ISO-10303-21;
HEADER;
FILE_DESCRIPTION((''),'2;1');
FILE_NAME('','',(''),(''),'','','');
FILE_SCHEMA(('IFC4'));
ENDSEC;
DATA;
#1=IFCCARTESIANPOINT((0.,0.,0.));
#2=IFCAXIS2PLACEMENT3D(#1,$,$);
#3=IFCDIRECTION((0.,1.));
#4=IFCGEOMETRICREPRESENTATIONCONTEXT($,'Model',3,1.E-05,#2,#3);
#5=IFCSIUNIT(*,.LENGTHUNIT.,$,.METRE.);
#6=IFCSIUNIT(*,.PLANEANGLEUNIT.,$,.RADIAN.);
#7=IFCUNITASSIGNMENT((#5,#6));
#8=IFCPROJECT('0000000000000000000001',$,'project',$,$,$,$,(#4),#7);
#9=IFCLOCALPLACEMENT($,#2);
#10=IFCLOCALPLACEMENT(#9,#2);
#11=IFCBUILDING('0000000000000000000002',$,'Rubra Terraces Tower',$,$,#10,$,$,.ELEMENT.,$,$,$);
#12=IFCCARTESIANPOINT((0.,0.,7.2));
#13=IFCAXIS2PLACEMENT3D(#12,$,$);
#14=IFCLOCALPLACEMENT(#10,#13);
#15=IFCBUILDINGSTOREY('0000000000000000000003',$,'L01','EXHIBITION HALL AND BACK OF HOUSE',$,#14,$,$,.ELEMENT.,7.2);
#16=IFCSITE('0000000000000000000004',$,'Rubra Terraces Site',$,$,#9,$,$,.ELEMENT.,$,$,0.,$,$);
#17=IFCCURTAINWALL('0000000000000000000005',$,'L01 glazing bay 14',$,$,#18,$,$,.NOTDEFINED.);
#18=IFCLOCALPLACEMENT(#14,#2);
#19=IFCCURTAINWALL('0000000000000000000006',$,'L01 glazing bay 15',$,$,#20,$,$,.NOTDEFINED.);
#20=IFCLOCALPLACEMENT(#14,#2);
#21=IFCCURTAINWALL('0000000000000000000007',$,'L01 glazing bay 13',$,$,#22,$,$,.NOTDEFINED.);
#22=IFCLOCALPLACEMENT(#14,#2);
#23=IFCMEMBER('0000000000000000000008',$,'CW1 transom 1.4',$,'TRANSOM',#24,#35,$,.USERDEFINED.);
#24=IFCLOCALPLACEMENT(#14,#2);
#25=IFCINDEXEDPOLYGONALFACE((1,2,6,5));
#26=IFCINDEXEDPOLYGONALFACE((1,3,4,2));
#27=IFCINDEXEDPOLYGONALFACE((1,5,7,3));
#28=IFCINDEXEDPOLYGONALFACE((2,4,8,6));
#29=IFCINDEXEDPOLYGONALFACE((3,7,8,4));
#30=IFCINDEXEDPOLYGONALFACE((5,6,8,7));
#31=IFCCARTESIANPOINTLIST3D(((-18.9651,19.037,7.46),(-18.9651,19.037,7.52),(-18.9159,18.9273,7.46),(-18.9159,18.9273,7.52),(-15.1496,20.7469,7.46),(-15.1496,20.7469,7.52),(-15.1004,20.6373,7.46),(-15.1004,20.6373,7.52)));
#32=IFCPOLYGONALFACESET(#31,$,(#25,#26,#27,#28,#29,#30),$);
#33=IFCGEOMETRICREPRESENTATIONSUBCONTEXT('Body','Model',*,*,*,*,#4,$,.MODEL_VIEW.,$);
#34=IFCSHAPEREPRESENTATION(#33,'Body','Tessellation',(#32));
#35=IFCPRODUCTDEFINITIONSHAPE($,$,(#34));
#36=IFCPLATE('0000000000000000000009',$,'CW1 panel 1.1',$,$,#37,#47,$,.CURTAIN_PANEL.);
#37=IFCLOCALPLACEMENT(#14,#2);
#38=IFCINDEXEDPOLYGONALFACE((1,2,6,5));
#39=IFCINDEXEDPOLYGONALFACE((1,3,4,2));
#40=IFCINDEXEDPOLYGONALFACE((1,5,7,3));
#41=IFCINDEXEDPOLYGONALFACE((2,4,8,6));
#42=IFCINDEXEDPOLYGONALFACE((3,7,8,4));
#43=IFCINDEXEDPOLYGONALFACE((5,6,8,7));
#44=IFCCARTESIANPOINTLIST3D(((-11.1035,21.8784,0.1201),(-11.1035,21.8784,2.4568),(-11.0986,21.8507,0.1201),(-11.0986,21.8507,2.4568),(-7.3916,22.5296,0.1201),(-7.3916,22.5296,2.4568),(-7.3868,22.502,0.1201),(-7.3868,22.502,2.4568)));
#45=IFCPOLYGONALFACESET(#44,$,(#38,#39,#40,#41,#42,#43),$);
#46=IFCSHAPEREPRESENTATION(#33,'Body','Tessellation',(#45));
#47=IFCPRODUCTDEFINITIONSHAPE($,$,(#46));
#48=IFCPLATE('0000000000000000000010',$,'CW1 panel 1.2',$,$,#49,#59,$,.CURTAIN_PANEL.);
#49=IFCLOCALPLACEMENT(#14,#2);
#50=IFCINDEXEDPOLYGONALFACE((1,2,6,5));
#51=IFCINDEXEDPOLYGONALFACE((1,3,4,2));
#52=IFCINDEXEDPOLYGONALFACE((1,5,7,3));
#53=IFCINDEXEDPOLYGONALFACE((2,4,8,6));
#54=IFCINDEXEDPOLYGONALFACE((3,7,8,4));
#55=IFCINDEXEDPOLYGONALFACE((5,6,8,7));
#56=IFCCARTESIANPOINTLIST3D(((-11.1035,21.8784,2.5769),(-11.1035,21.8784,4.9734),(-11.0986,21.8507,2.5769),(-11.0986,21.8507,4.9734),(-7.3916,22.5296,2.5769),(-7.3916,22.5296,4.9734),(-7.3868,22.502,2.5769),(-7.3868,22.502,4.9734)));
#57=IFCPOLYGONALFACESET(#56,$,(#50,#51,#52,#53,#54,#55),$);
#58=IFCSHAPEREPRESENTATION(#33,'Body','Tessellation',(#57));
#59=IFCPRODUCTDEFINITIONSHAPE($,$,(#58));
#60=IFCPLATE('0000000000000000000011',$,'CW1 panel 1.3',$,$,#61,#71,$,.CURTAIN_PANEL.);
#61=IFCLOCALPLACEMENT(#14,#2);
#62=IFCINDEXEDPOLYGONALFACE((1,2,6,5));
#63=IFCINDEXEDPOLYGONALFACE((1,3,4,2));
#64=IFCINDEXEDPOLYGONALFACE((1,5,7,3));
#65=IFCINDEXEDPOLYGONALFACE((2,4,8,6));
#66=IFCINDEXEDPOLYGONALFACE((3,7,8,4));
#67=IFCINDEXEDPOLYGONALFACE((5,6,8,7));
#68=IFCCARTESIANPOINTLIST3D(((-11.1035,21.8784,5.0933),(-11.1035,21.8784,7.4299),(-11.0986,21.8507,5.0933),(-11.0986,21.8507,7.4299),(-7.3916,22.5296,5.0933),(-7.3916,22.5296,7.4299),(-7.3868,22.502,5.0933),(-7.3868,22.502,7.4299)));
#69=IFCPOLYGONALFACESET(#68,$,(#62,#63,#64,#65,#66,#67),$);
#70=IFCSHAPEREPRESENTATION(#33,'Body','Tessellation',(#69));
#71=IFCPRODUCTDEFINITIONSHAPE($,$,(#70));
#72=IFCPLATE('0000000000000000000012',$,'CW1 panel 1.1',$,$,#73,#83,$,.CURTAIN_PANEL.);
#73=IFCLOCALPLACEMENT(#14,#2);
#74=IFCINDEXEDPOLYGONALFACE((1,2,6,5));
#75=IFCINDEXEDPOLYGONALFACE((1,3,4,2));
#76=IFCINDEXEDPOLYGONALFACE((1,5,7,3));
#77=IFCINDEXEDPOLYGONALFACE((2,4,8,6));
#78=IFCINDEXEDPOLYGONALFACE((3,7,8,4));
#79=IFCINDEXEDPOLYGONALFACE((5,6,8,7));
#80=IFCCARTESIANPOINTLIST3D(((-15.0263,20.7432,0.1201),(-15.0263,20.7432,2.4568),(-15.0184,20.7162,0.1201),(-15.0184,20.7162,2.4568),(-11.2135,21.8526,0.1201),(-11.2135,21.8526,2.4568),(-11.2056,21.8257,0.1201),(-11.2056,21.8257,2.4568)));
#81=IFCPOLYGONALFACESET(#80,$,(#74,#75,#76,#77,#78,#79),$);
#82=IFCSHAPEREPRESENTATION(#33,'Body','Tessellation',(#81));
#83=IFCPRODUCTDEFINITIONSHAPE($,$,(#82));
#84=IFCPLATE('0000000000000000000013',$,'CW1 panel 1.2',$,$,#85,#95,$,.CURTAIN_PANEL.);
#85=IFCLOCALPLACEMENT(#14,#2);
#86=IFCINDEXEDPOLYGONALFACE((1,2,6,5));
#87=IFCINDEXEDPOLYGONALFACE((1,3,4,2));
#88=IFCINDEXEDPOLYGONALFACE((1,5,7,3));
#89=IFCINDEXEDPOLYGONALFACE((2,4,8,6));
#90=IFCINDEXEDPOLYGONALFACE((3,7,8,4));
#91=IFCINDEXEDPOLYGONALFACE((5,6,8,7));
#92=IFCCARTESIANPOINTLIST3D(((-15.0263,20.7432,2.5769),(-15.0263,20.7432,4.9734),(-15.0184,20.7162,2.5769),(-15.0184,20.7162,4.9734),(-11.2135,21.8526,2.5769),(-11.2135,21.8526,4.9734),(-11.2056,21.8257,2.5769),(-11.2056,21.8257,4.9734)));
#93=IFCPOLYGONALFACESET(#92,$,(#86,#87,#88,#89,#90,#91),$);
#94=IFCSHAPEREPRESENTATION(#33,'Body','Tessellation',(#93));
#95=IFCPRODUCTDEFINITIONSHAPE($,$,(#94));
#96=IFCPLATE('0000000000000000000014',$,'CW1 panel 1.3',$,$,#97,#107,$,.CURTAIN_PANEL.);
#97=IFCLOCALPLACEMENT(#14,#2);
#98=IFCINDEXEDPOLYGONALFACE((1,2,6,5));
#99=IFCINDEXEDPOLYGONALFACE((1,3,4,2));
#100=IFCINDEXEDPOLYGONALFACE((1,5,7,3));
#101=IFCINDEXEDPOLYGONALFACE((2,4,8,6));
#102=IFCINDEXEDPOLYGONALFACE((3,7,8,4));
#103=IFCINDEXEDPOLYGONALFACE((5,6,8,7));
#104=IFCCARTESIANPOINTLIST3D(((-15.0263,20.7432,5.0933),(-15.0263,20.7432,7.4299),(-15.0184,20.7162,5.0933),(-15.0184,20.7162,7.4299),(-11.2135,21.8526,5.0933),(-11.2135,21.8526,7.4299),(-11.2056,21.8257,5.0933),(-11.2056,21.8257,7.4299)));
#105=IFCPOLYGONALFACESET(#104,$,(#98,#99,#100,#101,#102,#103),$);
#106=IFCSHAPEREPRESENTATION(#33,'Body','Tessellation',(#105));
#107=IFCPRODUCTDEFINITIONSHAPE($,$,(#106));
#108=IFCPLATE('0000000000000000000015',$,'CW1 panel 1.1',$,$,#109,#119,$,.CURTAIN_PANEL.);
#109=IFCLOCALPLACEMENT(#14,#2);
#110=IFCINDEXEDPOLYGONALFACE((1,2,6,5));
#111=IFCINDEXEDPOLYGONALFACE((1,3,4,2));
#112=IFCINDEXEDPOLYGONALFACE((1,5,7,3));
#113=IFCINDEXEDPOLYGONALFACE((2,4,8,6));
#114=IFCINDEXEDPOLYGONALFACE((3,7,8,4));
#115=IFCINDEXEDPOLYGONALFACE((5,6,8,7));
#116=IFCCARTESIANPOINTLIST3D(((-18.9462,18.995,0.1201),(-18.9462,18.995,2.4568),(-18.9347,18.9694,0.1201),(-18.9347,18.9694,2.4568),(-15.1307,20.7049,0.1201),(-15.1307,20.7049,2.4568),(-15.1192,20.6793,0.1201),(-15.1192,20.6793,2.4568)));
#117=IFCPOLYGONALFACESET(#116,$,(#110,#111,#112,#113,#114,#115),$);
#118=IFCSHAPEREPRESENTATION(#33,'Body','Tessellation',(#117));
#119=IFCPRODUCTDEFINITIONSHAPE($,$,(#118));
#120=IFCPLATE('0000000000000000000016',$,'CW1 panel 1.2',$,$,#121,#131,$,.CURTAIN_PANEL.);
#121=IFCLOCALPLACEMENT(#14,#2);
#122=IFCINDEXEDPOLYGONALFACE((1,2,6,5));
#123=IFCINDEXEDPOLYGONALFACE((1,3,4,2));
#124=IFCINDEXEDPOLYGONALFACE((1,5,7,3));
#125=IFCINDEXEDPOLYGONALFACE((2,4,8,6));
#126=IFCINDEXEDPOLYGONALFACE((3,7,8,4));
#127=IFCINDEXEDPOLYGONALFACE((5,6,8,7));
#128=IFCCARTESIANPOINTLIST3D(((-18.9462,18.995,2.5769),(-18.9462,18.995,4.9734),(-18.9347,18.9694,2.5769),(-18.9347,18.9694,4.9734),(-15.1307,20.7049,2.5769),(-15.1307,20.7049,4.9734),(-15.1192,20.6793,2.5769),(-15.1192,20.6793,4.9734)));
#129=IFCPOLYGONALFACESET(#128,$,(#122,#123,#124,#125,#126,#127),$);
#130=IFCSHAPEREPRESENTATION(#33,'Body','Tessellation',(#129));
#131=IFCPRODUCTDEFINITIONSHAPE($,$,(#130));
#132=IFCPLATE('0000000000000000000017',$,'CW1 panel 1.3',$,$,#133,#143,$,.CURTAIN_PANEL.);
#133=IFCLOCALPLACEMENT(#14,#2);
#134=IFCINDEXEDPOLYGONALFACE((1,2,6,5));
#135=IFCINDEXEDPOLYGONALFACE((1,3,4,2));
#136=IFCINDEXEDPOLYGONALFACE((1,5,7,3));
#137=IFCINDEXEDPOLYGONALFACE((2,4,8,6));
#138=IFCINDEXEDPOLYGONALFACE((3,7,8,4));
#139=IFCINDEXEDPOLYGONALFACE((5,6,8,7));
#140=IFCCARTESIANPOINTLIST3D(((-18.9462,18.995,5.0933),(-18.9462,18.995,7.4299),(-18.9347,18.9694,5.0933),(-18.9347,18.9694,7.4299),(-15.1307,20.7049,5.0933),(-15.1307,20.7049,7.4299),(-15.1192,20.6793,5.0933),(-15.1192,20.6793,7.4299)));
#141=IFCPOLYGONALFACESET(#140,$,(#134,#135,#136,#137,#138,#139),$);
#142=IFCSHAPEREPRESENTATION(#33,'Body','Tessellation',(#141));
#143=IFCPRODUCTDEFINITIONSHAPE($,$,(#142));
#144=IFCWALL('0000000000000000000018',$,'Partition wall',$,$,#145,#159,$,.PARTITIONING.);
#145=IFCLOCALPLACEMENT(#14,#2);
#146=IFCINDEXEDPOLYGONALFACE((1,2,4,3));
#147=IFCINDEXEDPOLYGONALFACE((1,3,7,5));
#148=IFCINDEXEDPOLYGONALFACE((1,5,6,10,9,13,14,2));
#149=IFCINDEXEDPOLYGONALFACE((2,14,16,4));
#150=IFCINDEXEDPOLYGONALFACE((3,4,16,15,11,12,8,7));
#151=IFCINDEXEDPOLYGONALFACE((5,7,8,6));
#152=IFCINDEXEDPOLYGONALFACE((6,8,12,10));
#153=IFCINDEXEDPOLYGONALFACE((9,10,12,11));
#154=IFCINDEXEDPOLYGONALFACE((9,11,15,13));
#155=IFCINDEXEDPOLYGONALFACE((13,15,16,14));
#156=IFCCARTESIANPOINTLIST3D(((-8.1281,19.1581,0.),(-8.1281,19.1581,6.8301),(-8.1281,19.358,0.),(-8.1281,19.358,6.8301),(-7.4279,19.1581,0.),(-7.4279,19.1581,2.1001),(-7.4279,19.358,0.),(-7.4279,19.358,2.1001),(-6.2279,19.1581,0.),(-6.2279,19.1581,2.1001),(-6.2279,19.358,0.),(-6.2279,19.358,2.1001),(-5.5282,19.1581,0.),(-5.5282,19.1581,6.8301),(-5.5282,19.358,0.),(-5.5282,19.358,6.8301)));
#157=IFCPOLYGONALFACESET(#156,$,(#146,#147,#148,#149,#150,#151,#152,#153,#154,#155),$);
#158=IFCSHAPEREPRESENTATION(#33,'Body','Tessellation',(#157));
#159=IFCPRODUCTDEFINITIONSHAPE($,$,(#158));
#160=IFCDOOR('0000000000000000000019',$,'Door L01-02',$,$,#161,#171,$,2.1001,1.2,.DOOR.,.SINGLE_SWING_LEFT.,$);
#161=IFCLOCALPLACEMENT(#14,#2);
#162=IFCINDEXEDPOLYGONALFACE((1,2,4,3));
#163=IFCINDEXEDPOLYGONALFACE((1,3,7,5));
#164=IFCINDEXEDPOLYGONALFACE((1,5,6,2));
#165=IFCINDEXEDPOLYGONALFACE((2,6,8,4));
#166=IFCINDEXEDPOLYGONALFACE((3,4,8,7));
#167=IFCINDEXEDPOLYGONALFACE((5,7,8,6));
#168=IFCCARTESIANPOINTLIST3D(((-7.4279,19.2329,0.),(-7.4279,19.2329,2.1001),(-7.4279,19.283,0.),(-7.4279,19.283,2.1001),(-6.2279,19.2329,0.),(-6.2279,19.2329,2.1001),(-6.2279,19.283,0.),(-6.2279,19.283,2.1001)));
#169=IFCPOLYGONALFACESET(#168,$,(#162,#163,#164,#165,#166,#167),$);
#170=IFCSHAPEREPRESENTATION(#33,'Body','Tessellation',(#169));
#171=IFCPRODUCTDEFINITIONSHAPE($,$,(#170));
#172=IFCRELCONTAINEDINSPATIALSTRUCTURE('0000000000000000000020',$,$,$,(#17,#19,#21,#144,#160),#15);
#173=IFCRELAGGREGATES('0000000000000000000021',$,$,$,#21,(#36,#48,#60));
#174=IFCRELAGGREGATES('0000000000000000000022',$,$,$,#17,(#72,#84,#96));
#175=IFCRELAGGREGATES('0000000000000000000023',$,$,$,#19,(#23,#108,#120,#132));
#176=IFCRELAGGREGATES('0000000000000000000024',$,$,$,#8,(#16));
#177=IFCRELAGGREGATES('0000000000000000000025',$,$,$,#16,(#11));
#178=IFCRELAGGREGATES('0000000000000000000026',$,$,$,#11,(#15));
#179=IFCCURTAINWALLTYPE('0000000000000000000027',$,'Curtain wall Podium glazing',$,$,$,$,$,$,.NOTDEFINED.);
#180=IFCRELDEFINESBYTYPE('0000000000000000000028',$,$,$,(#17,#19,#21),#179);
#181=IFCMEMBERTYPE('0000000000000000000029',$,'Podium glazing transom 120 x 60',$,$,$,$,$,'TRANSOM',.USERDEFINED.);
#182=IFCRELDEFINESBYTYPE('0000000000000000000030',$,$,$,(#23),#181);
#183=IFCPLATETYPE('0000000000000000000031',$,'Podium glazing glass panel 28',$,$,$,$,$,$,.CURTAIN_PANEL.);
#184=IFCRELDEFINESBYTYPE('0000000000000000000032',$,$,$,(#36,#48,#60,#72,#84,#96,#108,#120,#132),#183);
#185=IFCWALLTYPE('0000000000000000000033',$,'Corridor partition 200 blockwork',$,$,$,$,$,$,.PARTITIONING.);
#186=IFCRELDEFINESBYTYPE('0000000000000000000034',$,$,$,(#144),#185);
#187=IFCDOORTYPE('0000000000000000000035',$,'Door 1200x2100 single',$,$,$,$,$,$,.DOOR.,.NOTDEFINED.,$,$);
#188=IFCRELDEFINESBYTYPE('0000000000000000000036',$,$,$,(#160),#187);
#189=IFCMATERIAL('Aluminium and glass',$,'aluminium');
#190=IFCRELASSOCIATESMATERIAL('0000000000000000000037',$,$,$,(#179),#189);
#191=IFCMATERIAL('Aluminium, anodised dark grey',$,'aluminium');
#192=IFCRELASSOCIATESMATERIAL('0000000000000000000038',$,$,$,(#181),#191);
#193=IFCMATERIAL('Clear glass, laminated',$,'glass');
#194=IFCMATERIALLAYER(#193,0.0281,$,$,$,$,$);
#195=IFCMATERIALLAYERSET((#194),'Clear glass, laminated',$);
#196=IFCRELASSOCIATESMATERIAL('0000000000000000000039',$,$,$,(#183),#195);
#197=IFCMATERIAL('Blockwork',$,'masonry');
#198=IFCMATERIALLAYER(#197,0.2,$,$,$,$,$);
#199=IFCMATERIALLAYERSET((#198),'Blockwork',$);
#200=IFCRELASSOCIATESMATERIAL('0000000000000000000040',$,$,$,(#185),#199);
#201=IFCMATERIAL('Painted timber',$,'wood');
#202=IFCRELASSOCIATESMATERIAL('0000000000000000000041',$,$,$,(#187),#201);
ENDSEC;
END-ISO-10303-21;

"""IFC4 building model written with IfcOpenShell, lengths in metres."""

from ifc_helpers import new_model, si_unit, direction, frame, frame_2d, origin, origin_2d, place, context, subcontext, project, spatial, rectangle, extrude, material, layer, layer_set, material_profile, profile_set, type_object, element, fill, aggregate, save


model = new_model("IFC4")

# Units and contexts
model_context = context("Model", 3, precision=1e-05, world=origin(), true_north=direction((0.0, 1.0)))
body_context = subcontext(model_context, "Body", "Model", "MODEL_VIEW")
ifc_project = project(units=[si_unit("LENGTHUNIT", "METRE"), si_unit("PLANEANGLEUNIT", "RADIAN")], contexts=[model_context])

# Site, building, storey
site_placement = place(None, origin())
site = spatial("IfcSite", under=ifc_project, at=site_placement, Name="Rubra Terraces Site", CompositionType="ELEMENT", RefElevation=0.0)
building_placement = place(site_placement, origin())
building = spatial("IfcBuilding", under=site, at=building_placement, Name="Rubra Terraces Tower", CompositionType="ELEMENT")
storey_placement = place(building_placement, frame((0.0, 0.0, 7.2)))
storey = spatial("IfcBuildingStorey", under=building, at=storey_placement, Name="L01", Description="EXHIBITION HALL AND BACK OF HOUSE", CompositionType="ELEMENT", Elevation=7.2)

# Curtain walls
ifc_material_1 = material(Name="Aluminium and glass", Category="aluminium")
curtain_wall_type = type_object("IfcCurtainWallType", Name="Curtain wall Podium glazing", PredefinedType="NOTDEFINED", material=ifc_material_1)
curtain_wall_1_placement = place(storey_placement, origin())
curtain_wall_1 = element("IfcCurtainWall", 1, at=curtain_wall_1_placement, inside=storey, type_object=curtain_wall_type, Name="L01 glazing bay 14", PredefinedType="NOTDEFINED")
ifc_material_2 = material(Name="Aluminium, anodised dark grey", Category="aluminium")
curtain_wall_2_placement = place(storey_placement, origin())
curtain_wall_2 = element("IfcCurtainWall", 2, at=curtain_wall_2_placement, inside=storey, type_object=curtain_wall_type, Name="L01 glazing bay 15", PredefinedType="NOTDEFINED")

# Curtain wall
curtain_wall_3_placement = place(storey_placement, origin())
curtain_wall_3 = element("IfcCurtainWall", 3, at=curtain_wall_3_placement, inside=storey, type_object=curtain_wall_type, Name="L01 glazing bay 13", PredefinedType="NOTDEFINED")
ifc_material_profile_1 = material_profile(ifc_material_2, rectangle(XDim=0.1201, YDim=0.0601, at=origin_2d()), Name="AL 120x60")
ifc_profile_set_1 = profile_set([ifc_material_profile_1], Name="Aluminium, anodised dark grey")
member_type_1 = type_object("IfcMemberType", Name="Podium glazing transom 120 x 60", ElementType="TRANSOM", PredefinedType="USERDEFINED", material=ifc_profile_set_1)

# Member
member_1_placement = place(storey_placement, frame((-15.125, 20.6921, 7.49), z_axis=(-0.912545, -0.408975, 0.0), x_axis=(0.408975, -0.912545, 0.0)))
member_1 = element("IfcMember", 4, at=member_1_placement, type_object=member_type_1, Name="CW1 transom 1.4", ObjectType="TRANSOM", PredefinedType="USERDEFINED", context=body_context, shape_type="SweptSolid", body=[
    extrude(rectangle(XDim=0.1201, YDim=0.0601, at=origin_2d()), origin(), (0.0, 0.0, 1.0), 4.1812),
])

# Plates
ifc_material_3 = material(Name="Clear glass, laminated", Category="glass")
ifc_layer_1 = layer(ifc_material_3, 0.0281)
ifc_layer_set_1 = layer_set([ifc_layer_1], Name="Clear glass, laminated")
plate_type = type_object("IfcPlateType", Name="Podium glazing glass panel 28", PredefinedType="CURTAIN_PANEL", material=ifc_layer_set_1)
plate_1_placement = place(storey_placement, frame((-9.2451, 22.1902, 0.1201), z_axis=(0.0, 0.0, 1.0), x_axis=(-0.984954, -0.172817, 0.0)))
plate_1 = element("IfcPlate", 5, at=plate_1_placement, type_object=plate_type, Name="CW1 panel 1.1", PredefinedType="CURTAIN_PANEL", context=body_context, shape_type="SweptSolid", body=[
    extrude(rectangle(XDim=3.7686, YDim=0.0281, at=origin_2d()), origin(), (0.0, 0.0, 1.0), 2.3367),
])
plate_2_placement = place(storey_placement, frame((-9.2451, 22.1902, 2.5769), z_axis=(0.0, 0.0, 1.0), x_axis=(-0.984954, -0.172817, 0.0)))
plate_2 = element("IfcPlate", 6, at=plate_2_placement, type_object=plate_type, Name="CW1 panel 1.2", PredefinedType="CURTAIN_PANEL", context=body_context, shape_type="SweptSolid", body=[
    extrude(rectangle(XDim=3.7686, YDim=0.0281, at=origin_2d()), origin(), (0.0, 0.0, 1.0), 2.3965),
])
plate_3_placement = place(storey_placement, frame((-9.2451, 22.1902, 5.0933), z_axis=(0.0, 0.0, 1.0), x_axis=(-0.984954, -0.172817, 0.0)))
plate_3 = element("IfcPlate", 7, at=plate_3_placement, type_object=plate_type, Name="CW1 panel 1.3", PredefinedType="CURTAIN_PANEL", context=body_context, shape_type="SweptSolid", body=[
    extrude(rectangle(XDim=3.7686, YDim=0.0281, at=origin_2d()), origin(), (0.0, 0.0, 1.0), 2.3367),
])
aggregate(curtain_wall_3, [plate_1, plate_2, plate_3])
plate_4_placement = place(storey_placement, frame((-13.116, 21.2844, 0.1201), z_axis=(0.0, 0.0, 1.0), x_axis=(-0.960175, -0.279399, 0.0)))
plate_4 = element("IfcPlate", 8, at=plate_4_placement, type_object=plate_type, Name="CW1 panel 1.1", PredefinedType="CURTAIN_PANEL", context=body_context, shape_type="SweptSolid", body=[
    extrude(rectangle(XDim=3.9709, YDim=0.0281, at=origin_2d()), origin(), (0.0, 0.0, 1.0), 2.3367),
])
plate_5_placement = place(storey_placement, frame((-13.116, 21.2844, 2.5769), z_axis=(0.0, 0.0, 1.0), x_axis=(-0.960175, -0.279399, 0.0)))
plate_5 = element("IfcPlate", 9, at=plate_5_placement, type_object=plate_type, Name="CW1 panel 1.2", PredefinedType="CURTAIN_PANEL", context=body_context, shape_type="SweptSolid", body=[
    extrude(rectangle(XDim=3.9709, YDim=0.0281, at=origin_2d()), origin(), (0.0, 0.0, 1.0), 2.3965),
])
plate_6_placement = place(storey_placement, frame((-13.116, 21.2844, 5.0933), z_axis=(0.0, 0.0, 1.0), x_axis=(-0.960175, -0.279399, 0.0)))
plate_6 = element("IfcPlate", 10, at=plate_6_placement, type_object=plate_type, Name="CW1 panel 1.3", PredefinedType="CURTAIN_PANEL", context=body_context, shape_type="SweptSolid", body=[
    extrude(rectangle(XDim=3.9709, YDim=0.0281, at=origin_2d()), origin(), (0.0, 0.0, 1.0), 2.3367),
])
aggregate(curtain_wall_1, [plate_4, plate_5, plate_6])
plate_7_placement = place(storey_placement, frame((-17.0327, 19.8372, 0.1201), z_axis=(0.0, 0.0, 1.0), x_axis=(-0.912551, -0.408962, 0.0)))
plate_7 = element("IfcPlate", 11, at=plate_7_placement, type_object=plate_type, Name="CW1 panel 1.1", PredefinedType="CURTAIN_PANEL", context=body_context, shape_type="SweptSolid", body=[
    extrude(rectangle(XDim=4.1812, YDim=0.0281, at=origin_2d()), origin(), (0.0, 0.0, 1.0), 2.3367),
])
plate_8_placement = place(storey_placement, frame((-17.0327, 19.8372, 2.5769), z_axis=(0.0, 0.0, 1.0), x_axis=(-0.912551, -0.408962, 0.0)))
plate_8 = element("IfcPlate", 12, at=plate_8_placement, type_object=plate_type, Name="CW1 panel 1.2", PredefinedType="CURTAIN_PANEL", context=body_context, shape_type="SweptSolid", body=[
    extrude(rectangle(XDim=4.1812, YDim=0.0281, at=origin_2d()), origin(), (0.0, 0.0, 1.0), 2.3965),
])
plate_9_placement = place(storey_placement, frame((-17.0327, 19.8372, 5.0933), z_axis=(0.0, 0.0, 1.0), x_axis=(-0.912551, -0.408962, 0.0)))
plate_9 = element("IfcPlate", 13, at=plate_9_placement, type_object=plate_type, Name="CW1 panel 1.3", PredefinedType="CURTAIN_PANEL", context=body_context, shape_type="SweptSolid", body=[
    extrude(rectangle(XDim=4.1812, YDim=0.0281, at=origin_2d()), origin(), (0.0, 0.0, 1.0), 2.3367),
])
aggregate(curtain_wall_2, [member_1, plate_7, plate_8, plate_9])

# Wall, opening, door
ifc_material_4 = material(Name="Blockwork", Category="masonry")
ifc_layer_2 = layer(ifc_material_4, 0.2)
ifc_layer_set_2 = layer_set([ifc_layer_2], Name="Blockwork")
wall_type = type_object("IfcWallType", Name="Corridor partition 200 blockwork", PredefinedType="PARTITIONING", material=ifc_layer_set_2)
wall_placement = place(storey_placement, frame((-8.1279, 19.2581, 0.0), z_axis=(0.0, 0.0, 1.0), x_axis=(1.0, 0.0, 0.0)))
wall = element("IfcWall", 14, at=wall_placement, inside=storey, type_object=wall_type, Name="Partition wall", PredefinedType="PARTITIONING", context=body_context, shape_type="SweptSolid", body=[
    extrude(rectangle(XDim=2.5999, YDim=0.2, at=frame_2d((1.2998, 0.0))), origin(), (0.0, 0.0, 1.0), 6.8301),
])
opening_placement = place(wall_placement, frame((0.7, 0.0, 0.0)))
opening = element("IfcOpeningElement", 15, at=opening_placement, cuts=wall, PredefinedType="OPENING", context=body_context, shape_type="SweptSolid", body=[
    extrude(rectangle(XDim=1.2, YDim=2.1001, at=frame_2d((0.6001, 1.05))), frame((0.0, 0.1099, 0.0), z_axis=(0.0, -1.0, 0.0), x_axis=(1.0, 0.0, 0.0)), (0.0, 0.0, 1.0), 0.22),
])
ifc_material_5 = material(Name="Painted timber", Category="wood")
door_type = type_object("IfcDoorType", Name="Door 1200x2100 single", OperationType="NOTDEFINED", PredefinedType="DOOR", material=ifc_material_5)
door_placement = place(opening_placement, origin())
door = element("IfcDoor", 16, at=door_placement, inside=storey, type_object=door_type, Name="Door L01-02", OperationType="SINGLE_SWING_LEFT", OverallHeight=2.1001, OverallWidth=1.2, PredefinedType="DOOR", context=body_context, shape_type="SweptSolid", body=[
    extrude(rectangle(XDim=1.2, YDim=2.1001, at=frame_2d((0.6001, 1.05))), frame((0.0, 0.0249, 0.0), z_axis=(0.0, -1.0, 0.0), x_axis=(1.0, 0.0, 0.0)), (0.0, 0.0, 1.0), 0.05),
])
fill(opening, door)

save(model, "model.ifc")
